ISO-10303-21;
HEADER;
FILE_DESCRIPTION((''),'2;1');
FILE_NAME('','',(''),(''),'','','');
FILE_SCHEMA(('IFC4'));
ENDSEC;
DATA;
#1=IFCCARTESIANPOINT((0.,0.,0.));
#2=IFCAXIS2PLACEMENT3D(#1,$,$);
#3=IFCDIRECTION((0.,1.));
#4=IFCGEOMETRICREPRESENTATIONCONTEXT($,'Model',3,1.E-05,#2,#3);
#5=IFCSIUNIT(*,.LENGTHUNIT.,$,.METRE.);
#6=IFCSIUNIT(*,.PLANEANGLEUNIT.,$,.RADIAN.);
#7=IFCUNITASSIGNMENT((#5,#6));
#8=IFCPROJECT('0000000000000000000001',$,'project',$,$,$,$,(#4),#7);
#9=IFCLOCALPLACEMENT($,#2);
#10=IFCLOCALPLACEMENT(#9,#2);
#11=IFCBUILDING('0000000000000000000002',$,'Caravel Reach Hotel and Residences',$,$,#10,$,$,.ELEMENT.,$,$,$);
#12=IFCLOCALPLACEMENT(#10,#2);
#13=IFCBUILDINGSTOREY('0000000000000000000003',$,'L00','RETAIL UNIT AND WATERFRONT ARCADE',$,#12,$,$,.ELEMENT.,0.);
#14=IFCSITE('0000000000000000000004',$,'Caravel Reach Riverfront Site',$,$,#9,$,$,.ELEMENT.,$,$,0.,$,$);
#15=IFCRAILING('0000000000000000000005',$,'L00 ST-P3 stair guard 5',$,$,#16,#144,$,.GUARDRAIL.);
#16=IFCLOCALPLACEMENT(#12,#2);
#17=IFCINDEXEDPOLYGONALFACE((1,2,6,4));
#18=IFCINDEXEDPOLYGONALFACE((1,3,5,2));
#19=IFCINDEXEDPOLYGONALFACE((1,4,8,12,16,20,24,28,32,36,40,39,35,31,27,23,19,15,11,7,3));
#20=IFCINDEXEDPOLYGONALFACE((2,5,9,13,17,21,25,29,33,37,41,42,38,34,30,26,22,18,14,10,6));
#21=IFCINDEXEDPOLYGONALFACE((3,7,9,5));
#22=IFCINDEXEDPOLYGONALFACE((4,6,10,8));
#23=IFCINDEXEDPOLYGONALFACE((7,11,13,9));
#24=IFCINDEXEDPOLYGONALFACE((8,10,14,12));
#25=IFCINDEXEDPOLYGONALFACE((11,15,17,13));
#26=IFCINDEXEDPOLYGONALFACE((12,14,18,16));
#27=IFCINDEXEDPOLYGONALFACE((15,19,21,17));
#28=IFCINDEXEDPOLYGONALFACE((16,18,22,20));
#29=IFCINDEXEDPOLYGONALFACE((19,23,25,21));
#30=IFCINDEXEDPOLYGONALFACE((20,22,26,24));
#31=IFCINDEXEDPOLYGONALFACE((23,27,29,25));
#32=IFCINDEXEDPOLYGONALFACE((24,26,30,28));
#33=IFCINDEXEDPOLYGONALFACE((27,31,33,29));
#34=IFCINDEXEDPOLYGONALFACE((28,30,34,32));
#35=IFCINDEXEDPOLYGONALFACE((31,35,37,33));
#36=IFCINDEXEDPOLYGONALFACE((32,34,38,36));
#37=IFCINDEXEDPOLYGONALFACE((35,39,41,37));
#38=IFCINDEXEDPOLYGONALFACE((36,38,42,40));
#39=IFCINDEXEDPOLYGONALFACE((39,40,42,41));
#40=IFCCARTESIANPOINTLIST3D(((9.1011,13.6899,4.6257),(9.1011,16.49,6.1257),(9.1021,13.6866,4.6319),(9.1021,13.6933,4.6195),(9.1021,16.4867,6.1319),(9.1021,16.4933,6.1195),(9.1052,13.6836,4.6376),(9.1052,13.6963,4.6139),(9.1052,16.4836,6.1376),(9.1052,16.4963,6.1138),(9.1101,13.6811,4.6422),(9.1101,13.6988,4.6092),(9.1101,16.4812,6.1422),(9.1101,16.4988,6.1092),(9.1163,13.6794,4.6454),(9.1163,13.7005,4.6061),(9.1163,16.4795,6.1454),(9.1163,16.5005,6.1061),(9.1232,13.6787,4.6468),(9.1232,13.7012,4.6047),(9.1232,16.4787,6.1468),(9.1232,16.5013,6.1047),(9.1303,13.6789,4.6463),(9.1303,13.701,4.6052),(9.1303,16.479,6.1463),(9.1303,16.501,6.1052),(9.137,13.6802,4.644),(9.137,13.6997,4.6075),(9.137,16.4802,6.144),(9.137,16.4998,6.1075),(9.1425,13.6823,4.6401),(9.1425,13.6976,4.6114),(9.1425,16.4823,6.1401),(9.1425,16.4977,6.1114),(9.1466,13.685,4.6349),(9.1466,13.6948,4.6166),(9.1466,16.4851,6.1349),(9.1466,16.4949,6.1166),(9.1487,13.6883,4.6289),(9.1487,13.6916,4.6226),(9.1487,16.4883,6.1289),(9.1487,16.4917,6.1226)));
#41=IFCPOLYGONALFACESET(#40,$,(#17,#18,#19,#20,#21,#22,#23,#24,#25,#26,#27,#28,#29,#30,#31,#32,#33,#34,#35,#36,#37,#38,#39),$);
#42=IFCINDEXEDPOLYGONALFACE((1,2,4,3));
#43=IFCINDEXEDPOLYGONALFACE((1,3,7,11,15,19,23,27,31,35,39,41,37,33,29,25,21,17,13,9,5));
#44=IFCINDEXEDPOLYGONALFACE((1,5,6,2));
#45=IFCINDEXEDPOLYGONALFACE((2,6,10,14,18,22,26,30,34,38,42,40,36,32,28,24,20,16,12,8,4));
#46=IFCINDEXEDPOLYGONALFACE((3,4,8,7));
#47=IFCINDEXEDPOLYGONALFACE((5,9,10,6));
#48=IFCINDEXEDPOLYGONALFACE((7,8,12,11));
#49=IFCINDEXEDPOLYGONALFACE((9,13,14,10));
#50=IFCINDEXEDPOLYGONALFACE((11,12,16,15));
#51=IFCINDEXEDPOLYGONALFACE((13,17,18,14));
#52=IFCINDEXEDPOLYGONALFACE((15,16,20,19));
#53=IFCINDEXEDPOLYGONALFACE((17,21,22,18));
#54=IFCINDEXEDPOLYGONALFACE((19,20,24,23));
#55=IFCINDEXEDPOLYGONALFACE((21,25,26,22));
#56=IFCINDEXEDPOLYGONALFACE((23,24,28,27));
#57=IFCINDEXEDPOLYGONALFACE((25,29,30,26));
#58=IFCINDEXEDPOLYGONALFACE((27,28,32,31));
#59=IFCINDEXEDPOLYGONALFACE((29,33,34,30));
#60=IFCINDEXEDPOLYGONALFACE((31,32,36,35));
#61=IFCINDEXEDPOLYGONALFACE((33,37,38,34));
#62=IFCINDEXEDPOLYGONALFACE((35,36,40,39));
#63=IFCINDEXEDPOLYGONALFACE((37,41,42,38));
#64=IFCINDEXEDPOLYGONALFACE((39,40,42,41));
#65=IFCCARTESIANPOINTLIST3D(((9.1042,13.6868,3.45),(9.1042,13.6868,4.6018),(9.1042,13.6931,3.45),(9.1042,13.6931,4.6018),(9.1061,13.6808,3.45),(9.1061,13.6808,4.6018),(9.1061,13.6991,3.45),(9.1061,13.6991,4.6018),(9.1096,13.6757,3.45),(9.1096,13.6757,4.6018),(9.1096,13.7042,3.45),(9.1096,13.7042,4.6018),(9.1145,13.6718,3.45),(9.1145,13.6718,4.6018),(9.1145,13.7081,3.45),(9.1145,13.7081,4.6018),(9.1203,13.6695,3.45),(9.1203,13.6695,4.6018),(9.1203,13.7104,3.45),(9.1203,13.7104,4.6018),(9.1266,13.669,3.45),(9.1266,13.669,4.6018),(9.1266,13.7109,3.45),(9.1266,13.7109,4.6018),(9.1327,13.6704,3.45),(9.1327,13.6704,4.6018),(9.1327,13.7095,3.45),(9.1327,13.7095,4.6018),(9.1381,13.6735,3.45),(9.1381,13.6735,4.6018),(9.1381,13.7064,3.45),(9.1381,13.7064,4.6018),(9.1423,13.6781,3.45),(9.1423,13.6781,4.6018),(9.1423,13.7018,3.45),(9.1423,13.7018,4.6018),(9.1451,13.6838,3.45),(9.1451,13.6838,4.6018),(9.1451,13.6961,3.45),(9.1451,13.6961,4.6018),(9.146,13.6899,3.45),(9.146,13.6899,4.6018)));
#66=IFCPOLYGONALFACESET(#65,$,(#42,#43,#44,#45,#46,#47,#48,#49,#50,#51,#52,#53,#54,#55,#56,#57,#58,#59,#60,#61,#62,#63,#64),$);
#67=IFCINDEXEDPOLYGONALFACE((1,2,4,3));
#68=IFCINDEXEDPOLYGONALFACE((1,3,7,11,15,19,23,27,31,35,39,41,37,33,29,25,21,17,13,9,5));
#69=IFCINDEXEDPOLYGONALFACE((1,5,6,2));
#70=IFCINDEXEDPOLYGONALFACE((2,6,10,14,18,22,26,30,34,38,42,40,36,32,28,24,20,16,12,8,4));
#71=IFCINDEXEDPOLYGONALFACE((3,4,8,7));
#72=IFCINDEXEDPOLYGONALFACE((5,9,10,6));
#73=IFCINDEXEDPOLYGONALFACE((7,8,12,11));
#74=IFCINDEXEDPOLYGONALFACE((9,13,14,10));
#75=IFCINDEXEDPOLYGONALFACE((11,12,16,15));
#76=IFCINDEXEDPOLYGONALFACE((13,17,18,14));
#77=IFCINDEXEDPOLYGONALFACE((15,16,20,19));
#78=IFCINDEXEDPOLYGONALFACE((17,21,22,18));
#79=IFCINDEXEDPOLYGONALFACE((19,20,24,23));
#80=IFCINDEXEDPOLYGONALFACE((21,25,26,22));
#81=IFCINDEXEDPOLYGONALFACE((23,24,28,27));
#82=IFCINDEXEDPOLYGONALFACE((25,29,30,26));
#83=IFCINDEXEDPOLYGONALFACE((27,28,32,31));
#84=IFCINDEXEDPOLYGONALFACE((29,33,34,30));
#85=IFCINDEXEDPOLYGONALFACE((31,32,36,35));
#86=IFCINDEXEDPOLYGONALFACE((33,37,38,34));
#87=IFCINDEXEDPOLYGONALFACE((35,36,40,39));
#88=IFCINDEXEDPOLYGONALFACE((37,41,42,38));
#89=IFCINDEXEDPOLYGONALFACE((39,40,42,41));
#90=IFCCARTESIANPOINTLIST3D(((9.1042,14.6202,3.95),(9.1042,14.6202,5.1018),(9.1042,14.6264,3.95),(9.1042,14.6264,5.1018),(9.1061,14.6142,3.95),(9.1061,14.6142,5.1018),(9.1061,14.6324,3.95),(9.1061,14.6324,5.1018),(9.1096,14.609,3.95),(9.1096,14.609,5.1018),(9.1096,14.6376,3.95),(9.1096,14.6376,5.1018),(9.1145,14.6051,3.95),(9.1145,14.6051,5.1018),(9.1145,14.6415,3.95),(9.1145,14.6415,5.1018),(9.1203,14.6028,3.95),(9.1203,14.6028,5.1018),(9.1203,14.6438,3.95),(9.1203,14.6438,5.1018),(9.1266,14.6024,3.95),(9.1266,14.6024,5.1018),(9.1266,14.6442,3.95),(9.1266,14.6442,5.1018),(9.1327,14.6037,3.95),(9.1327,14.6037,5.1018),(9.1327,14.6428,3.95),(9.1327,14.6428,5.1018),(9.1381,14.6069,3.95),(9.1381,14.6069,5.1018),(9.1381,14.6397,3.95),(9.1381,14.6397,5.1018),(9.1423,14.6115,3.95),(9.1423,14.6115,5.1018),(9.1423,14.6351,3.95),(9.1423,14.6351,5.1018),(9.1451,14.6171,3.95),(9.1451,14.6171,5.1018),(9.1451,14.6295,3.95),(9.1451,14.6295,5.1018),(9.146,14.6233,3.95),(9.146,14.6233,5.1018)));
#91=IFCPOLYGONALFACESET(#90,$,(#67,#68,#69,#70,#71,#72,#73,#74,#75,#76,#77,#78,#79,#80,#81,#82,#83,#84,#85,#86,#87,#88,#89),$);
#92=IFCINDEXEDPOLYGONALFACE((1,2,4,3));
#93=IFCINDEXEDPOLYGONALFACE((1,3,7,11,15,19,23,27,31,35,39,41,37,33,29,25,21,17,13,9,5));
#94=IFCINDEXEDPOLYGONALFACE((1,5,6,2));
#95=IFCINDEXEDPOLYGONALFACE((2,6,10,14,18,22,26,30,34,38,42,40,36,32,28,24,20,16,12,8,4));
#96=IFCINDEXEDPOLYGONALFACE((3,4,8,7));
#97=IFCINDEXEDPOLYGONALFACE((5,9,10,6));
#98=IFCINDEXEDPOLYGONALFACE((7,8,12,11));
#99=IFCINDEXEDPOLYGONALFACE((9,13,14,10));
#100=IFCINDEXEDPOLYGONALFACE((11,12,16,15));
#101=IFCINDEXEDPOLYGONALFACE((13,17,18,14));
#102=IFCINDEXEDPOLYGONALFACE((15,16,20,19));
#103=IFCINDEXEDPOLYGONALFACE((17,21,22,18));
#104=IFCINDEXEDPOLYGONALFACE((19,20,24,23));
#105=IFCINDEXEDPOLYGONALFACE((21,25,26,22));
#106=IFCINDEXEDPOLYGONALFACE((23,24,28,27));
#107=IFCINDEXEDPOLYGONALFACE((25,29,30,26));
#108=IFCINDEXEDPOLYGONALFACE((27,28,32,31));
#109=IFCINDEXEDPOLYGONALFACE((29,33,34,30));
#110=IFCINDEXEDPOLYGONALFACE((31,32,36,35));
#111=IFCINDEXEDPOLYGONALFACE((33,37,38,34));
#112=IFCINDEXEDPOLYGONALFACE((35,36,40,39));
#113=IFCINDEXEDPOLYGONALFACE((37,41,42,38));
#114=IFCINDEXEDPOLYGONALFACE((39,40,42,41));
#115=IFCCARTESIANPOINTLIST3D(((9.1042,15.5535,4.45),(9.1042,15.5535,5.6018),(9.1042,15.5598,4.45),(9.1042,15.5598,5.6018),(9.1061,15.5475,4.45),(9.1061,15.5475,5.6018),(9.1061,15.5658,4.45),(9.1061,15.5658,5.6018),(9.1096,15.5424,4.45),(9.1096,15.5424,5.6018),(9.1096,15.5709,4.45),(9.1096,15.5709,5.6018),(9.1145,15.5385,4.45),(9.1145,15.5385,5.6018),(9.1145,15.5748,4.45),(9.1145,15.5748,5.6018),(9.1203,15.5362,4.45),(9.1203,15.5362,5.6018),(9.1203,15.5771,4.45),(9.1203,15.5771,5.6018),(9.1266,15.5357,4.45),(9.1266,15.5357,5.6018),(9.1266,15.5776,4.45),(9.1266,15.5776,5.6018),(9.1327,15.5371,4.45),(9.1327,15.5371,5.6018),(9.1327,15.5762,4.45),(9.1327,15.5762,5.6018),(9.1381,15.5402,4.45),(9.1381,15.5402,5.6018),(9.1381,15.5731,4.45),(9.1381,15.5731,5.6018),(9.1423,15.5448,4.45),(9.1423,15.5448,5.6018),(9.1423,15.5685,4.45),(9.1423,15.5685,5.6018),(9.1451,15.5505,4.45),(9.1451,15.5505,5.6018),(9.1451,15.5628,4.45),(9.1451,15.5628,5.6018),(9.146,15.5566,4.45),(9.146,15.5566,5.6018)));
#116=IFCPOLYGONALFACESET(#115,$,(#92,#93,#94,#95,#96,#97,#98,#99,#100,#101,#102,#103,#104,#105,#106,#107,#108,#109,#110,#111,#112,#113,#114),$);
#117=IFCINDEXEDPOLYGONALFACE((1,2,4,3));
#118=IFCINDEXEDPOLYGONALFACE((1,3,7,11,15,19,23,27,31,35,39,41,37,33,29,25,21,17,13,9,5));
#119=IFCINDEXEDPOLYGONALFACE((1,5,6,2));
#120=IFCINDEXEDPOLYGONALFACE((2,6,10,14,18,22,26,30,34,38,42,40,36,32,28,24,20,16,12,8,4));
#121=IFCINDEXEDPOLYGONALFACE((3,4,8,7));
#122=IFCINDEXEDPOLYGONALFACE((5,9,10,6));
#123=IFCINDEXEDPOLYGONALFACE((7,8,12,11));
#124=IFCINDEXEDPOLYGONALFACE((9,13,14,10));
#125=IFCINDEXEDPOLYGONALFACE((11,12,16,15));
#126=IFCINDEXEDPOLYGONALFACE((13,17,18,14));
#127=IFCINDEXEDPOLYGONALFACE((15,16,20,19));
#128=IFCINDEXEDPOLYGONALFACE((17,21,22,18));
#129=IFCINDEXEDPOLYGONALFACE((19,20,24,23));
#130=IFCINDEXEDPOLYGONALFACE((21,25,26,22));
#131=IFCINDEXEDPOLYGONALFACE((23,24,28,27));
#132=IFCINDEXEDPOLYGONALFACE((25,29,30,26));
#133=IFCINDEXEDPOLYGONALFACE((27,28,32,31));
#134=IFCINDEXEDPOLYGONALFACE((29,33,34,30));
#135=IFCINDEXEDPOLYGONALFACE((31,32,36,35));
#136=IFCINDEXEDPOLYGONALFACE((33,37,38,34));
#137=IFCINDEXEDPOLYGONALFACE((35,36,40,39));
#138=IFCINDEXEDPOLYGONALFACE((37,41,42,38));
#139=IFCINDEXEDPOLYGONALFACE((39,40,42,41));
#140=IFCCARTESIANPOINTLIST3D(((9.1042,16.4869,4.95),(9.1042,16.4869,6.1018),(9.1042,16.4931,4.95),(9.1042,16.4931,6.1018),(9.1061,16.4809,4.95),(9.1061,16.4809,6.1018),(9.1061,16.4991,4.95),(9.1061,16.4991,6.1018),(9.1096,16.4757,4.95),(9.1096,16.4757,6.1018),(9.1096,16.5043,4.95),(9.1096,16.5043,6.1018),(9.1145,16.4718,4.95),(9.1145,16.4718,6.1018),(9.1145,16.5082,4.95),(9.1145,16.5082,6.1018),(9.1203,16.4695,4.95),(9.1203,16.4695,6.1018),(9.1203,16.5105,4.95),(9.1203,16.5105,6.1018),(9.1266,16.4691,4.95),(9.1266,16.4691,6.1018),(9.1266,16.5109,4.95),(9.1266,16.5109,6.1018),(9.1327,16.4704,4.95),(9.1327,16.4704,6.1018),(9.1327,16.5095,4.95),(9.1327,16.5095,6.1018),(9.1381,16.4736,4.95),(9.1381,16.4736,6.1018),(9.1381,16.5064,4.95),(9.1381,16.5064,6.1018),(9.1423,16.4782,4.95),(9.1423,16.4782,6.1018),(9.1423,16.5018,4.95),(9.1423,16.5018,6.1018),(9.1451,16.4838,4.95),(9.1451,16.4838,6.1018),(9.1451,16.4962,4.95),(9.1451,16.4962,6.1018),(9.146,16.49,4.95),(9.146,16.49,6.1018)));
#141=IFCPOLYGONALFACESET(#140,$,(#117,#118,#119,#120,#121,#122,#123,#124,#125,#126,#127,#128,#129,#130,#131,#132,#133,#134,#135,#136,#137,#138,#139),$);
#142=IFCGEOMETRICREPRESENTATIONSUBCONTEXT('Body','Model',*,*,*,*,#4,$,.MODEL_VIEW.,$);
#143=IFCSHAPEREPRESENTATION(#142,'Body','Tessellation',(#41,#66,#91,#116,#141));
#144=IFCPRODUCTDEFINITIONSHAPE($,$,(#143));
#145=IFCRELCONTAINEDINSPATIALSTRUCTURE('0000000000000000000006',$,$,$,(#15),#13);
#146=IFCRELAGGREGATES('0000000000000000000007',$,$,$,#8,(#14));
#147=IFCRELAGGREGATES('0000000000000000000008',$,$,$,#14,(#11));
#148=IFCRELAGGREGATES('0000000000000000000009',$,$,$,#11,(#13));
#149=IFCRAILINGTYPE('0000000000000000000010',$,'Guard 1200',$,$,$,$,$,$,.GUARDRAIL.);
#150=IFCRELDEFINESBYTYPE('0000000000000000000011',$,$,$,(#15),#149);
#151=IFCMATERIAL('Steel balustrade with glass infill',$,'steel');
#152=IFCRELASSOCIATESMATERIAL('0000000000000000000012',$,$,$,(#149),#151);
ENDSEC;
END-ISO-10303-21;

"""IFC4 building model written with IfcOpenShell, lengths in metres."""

from ifc_helpers import new_model, si_unit, direction, frame, origin, origin_2d, place, context, subcontext, project, spatial, circle, extrude, material, type_object, element, save


model = new_model("IFC4")

# Units and contexts
model_context = context("Model", 3, precision=1e-05, world=origin(), true_north=direction((0.0, 1.0)))
body_context = subcontext(model_context, "Body", "Model", "MODEL_VIEW")
ifc_project = project(units=[si_unit("LENGTHUNIT", "METRE"), si_unit("PLANEANGLEUNIT", "RADIAN")], contexts=[model_context])

# Site, building, storey
site_placement = place(None, origin())
site = spatial("IfcSite", under=ifc_project, at=site_placement, Name="Caravel Reach Riverfront Site", CompositionType="ELEMENT", RefElevation=0.0)
building_placement = place(site_placement, origin())
building = spatial("IfcBuilding", under=site, at=building_placement, Name="Caravel Reach Hotel and Residences", CompositionType="ELEMENT")
storey_placement = place(building_placement, origin())
storey = spatial("IfcBuildingStorey", under=building, at=storey_placement, Name="L00", Description="RETAIL UNIT AND WATERFRONT ARCADE", CompositionType="ELEMENT", Elevation=0.0)

# Railing
ifc_material_1 = material(Name="Steel balustrade with glass infill", Category="steel")
railing_type_1 = type_object("IfcRailingType", Name="Guard 1200", PredefinedType="GUARDRAIL", material=ifc_material_1)
railing_placement = place(storey_placement, frame((9.125, 13.6899, 3.45)))
element("IfcRailing", 1, at=railing_placement, inside=storey, type_object=railing_type_1, Name="L00 ST-P3 stair guard 5", PredefinedType="GUARDRAIL", context=body_context, shape_type="SweptSolid", body=[
    extrude(circle(Radius=0.0239, at=origin_2d()), frame((0.0, 0.0, 1.1758), z_axis=(0.0, 0.881483, 0.472215), x_axis=(-1.0, 0.0, 0.0)), (0.0, 0.0, 1.0), 3.1765),
    extrude(circle(Radius=0.021, at=origin_2d()), origin(), (0.0, 0.0, 1.0), 1.1519),
    extrude(circle(Radius=0.021, at=origin_2d()), frame((0.0, 0.9333, 0.5)), (0.0, 0.0, 1.0), 1.1519),
    extrude(circle(Radius=0.021, at=origin_2d()), frame((0.0, 1.8667, 1.0)), (0.0, 0.0, 1.0), 1.1519),
    extrude(circle(Radius=0.021, at=origin_2d()), frame((0.0, 2.8, 1.5)), (0.0, 0.0, 1.0), 1.1519),
])

save(model, "model.ifc")
